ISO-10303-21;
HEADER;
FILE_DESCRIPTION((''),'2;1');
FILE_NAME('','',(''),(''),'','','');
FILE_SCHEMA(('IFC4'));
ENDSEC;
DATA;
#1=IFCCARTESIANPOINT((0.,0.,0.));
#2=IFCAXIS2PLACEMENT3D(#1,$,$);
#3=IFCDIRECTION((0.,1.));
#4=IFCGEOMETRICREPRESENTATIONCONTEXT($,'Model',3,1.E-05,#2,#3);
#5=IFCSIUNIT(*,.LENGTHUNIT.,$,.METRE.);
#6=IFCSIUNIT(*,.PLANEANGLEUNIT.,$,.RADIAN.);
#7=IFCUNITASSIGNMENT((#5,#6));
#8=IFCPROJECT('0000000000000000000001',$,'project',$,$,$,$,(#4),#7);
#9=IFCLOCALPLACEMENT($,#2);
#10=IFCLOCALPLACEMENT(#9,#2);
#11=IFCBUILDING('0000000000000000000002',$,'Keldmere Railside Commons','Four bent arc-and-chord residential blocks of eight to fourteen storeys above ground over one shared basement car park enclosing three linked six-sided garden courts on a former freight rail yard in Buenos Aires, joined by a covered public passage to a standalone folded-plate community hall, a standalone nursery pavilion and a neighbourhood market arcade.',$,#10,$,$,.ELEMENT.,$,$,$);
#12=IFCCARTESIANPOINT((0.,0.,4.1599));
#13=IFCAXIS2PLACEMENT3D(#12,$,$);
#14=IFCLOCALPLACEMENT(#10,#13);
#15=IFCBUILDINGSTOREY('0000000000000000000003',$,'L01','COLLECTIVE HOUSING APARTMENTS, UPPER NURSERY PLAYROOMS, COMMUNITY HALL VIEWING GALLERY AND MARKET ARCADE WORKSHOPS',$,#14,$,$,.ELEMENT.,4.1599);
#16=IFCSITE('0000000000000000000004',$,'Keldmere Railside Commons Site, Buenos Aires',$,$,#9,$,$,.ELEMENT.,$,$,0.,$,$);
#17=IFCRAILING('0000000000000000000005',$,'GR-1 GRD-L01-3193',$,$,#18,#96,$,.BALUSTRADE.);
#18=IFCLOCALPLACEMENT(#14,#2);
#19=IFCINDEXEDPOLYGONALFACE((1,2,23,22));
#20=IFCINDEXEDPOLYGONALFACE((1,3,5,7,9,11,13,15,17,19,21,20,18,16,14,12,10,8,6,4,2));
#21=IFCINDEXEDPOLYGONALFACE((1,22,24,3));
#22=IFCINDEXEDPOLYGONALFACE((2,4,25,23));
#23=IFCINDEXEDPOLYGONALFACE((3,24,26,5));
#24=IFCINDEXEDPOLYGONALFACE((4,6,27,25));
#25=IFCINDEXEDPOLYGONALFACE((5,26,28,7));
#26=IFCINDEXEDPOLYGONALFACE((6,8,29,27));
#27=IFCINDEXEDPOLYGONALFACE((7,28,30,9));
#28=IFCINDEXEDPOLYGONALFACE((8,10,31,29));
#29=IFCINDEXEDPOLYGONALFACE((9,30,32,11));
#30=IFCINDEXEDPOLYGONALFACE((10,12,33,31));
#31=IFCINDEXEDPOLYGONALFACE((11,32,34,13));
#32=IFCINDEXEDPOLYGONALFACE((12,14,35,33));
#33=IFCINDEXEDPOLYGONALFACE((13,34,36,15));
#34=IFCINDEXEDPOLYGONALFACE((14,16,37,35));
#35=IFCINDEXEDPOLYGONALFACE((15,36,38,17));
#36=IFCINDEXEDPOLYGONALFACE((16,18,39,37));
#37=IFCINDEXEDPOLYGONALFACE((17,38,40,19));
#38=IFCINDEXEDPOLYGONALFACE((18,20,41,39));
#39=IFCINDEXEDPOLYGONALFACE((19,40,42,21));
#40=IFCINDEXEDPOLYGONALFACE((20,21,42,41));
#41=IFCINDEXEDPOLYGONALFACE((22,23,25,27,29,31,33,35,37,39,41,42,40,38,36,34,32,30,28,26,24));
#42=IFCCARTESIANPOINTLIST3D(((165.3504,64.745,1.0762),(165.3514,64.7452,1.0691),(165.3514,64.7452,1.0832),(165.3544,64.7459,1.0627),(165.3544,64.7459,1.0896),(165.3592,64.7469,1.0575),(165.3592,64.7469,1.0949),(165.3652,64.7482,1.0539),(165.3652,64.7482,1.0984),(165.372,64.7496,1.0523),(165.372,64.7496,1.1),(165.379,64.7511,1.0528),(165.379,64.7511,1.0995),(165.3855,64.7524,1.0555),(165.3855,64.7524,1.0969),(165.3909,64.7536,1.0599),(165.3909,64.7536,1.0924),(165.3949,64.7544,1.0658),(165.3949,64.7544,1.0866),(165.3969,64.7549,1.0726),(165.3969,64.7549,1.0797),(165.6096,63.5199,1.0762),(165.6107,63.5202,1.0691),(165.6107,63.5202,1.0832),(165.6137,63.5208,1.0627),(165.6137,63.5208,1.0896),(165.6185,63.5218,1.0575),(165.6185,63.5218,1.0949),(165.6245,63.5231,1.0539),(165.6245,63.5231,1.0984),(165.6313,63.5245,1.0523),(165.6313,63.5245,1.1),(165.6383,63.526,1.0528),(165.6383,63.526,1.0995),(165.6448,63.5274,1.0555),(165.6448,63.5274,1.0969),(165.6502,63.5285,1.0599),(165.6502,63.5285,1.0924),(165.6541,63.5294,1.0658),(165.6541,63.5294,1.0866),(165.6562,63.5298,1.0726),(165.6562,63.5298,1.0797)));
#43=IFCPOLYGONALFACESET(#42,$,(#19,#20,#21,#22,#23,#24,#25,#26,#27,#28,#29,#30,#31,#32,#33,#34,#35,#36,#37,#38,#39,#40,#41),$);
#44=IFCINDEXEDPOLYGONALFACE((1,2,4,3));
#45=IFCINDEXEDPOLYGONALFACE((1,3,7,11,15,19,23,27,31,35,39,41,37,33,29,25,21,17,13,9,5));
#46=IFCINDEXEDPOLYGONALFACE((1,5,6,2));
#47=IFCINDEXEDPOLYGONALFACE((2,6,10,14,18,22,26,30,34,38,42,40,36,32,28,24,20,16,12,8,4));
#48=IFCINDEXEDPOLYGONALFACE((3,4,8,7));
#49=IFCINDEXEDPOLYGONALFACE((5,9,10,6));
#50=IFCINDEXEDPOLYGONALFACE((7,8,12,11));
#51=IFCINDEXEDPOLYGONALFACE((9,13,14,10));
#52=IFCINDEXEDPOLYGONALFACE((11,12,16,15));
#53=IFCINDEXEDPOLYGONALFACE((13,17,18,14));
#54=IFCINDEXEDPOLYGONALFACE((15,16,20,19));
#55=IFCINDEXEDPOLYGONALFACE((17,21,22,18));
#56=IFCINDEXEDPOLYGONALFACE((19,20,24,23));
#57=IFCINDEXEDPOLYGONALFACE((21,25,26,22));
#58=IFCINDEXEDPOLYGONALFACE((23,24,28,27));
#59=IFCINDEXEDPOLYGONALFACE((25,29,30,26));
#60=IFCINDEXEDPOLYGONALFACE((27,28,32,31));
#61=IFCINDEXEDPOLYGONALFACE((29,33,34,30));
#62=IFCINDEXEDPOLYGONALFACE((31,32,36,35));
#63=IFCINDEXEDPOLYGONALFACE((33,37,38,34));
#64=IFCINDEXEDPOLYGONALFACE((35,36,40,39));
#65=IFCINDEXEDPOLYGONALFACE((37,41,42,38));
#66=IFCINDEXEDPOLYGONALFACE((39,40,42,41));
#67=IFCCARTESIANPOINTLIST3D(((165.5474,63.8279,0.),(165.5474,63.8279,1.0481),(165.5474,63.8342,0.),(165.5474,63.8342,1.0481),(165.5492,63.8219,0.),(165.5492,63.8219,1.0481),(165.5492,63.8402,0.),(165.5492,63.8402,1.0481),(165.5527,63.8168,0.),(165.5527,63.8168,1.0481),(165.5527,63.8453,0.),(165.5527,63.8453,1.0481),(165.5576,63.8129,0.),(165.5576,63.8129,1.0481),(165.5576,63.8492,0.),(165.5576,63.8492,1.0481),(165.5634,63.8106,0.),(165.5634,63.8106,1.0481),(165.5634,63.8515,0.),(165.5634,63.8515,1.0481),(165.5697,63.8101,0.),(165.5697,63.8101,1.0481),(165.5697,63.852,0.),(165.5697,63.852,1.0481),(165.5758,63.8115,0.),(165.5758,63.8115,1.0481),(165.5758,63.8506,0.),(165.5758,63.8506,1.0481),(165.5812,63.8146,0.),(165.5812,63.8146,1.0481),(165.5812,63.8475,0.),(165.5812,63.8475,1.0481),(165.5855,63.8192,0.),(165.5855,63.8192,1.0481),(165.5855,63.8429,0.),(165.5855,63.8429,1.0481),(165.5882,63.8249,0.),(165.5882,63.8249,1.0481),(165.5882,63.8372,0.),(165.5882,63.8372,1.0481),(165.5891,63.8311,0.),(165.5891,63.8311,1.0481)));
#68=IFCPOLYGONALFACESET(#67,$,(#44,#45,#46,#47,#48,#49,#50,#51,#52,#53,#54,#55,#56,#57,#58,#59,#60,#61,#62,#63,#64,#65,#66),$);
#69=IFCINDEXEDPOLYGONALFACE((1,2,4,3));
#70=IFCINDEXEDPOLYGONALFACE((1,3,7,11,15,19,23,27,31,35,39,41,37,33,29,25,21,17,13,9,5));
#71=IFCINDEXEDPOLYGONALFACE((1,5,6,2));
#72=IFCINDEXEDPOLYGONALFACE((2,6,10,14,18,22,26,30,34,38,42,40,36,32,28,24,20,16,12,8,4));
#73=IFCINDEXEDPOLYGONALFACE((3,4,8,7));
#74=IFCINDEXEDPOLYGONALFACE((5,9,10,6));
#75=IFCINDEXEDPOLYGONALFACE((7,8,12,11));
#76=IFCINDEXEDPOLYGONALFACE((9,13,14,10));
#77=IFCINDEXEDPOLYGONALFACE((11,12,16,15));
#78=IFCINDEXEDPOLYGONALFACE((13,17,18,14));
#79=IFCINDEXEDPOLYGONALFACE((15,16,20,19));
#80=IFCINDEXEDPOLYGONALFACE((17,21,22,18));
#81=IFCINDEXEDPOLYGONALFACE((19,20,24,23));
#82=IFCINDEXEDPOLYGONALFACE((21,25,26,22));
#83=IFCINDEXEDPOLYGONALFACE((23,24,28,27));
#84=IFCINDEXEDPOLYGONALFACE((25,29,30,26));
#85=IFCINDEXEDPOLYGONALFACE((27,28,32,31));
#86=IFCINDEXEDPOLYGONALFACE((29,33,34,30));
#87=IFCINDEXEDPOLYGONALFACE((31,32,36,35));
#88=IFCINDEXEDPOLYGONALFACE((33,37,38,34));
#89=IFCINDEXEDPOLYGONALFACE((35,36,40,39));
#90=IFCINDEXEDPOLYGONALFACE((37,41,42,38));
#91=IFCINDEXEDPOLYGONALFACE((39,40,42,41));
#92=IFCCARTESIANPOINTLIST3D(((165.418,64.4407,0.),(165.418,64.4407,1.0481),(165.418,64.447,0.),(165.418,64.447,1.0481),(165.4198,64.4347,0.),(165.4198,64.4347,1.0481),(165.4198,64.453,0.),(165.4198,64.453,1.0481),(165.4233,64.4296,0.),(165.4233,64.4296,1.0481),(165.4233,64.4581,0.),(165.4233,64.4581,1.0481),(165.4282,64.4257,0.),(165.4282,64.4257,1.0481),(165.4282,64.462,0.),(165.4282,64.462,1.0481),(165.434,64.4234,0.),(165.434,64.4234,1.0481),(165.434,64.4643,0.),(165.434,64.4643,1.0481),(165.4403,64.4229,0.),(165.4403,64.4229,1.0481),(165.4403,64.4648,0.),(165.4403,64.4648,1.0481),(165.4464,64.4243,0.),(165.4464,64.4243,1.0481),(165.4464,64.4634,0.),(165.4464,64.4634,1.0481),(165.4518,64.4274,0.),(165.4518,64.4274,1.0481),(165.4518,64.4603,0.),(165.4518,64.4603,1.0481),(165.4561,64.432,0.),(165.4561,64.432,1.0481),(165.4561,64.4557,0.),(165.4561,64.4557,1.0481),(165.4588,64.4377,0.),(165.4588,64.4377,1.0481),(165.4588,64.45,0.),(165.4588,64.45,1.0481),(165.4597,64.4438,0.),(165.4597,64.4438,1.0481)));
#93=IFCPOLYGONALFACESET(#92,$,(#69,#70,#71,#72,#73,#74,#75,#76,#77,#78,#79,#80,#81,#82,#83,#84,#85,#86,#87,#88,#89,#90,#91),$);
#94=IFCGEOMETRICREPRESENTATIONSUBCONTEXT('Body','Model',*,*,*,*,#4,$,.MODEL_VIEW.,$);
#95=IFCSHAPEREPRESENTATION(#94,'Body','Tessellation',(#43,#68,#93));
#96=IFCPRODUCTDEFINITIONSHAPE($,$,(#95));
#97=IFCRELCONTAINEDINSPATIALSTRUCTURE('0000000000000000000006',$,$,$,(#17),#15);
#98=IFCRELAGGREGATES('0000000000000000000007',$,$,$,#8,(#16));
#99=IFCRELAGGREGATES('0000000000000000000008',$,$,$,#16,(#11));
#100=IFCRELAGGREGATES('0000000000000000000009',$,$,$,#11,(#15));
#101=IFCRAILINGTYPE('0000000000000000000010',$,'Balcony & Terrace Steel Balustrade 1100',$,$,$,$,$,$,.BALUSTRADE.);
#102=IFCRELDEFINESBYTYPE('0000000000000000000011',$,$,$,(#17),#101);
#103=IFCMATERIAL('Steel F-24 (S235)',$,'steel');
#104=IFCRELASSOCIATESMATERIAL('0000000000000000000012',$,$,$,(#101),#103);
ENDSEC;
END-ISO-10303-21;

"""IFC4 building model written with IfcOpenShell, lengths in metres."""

from ifc_helpers import new_model, si_unit, direction, frame, origin, origin_2d, place, context, subcontext, project, spatial, circle, extrude, material, type_object, element, save


model = new_model("IFC4")

# Units and contexts
model_context = context("Model", 3, precision=1e-05, world=origin(), true_north=direction((0.0, 1.0)))
body_context = subcontext(model_context, "Body", "Model", "MODEL_VIEW")
ifc_project = project(units=[si_unit("LENGTHUNIT", "METRE"), si_unit("PLANEANGLEUNIT", "RADIAN")], contexts=[model_context])

# Site, building, storey
site_placement = place(None, origin())
site = spatial("IfcSite", under=ifc_project, at=site_placement, Name="Keldmere Railside Commons Site, Buenos Aires", CompositionType="ELEMENT", RefElevation=0.0)
building_placement = place(site_placement, origin())
building = spatial("IfcBuilding", under=site, at=building_placement, Name="Keldmere Railside Commons", Description="Four bent arc-and-chord residential blocks of eight to fourteen storeys above ground over one shared basement car park enclosing three linked six-sided garden courts on a former freight rail yard in Buenos Aires, joined by a covered public passage to a standalone folded-plate community hall, a standalone nursery pavilion and a neighbourhood market arcade.", CompositionType="ELEMENT")
storey_placement = place(building_placement, frame((0.0, 0.0, 4.1599)))
storey = spatial("IfcBuildingStorey", under=building, at=storey_placement, Name="L01", Description="COLLECTIVE HOUSING APARTMENTS, UPPER NURSERY PLAYROOMS, COMMUNITY HALL VIEWING GALLERY AND MARKET ARCADE WORKSHOPS", CompositionType="ELEMENT", Elevation=4.1599)

# Railing
ifc_material_1 = material(Name="Steel F-24 (S235)", Category="steel")
railing_type = type_object("IfcRailingType", Name="Balcony & Terrace Steel Balustrade 1100", PredefinedType="BALUSTRADE", material=ifc_material_1)
railing_1_placement = place(storey_placement, frame((165.6331, 63.5249, 0.0)))
element("IfcRailing", 1, at=railing_1_placement, inside=storey, type_object=railing_type, Name="GR-1 GRD-L01-3193", PredefinedType="BALUSTRADE", context=body_context, shape_type="SweptSolid", body=[
    extrude(circle(Radius=0.0239, at=origin_2d()), frame((0.0, 0.0, 1.0762), z_axis=(-0.207052, 0.97833, 0.0), x_axis=(-0.97833, -0.207052, 0.0)), (0.0, 0.0, 1.0), 1.2522),
    extrude(circle(Radius=0.021, at=origin_2d()), frame((-0.0649, 0.3062, 0.0)), (0.0, 0.0, 1.0), 1.0481),
    extrude(circle(Radius=0.021, at=origin_2d()), frame((-0.1943, 0.9189, 0.0)), (0.0, 0.0, 1.0), 1.0481),
])

save(model, "model.ifc")
